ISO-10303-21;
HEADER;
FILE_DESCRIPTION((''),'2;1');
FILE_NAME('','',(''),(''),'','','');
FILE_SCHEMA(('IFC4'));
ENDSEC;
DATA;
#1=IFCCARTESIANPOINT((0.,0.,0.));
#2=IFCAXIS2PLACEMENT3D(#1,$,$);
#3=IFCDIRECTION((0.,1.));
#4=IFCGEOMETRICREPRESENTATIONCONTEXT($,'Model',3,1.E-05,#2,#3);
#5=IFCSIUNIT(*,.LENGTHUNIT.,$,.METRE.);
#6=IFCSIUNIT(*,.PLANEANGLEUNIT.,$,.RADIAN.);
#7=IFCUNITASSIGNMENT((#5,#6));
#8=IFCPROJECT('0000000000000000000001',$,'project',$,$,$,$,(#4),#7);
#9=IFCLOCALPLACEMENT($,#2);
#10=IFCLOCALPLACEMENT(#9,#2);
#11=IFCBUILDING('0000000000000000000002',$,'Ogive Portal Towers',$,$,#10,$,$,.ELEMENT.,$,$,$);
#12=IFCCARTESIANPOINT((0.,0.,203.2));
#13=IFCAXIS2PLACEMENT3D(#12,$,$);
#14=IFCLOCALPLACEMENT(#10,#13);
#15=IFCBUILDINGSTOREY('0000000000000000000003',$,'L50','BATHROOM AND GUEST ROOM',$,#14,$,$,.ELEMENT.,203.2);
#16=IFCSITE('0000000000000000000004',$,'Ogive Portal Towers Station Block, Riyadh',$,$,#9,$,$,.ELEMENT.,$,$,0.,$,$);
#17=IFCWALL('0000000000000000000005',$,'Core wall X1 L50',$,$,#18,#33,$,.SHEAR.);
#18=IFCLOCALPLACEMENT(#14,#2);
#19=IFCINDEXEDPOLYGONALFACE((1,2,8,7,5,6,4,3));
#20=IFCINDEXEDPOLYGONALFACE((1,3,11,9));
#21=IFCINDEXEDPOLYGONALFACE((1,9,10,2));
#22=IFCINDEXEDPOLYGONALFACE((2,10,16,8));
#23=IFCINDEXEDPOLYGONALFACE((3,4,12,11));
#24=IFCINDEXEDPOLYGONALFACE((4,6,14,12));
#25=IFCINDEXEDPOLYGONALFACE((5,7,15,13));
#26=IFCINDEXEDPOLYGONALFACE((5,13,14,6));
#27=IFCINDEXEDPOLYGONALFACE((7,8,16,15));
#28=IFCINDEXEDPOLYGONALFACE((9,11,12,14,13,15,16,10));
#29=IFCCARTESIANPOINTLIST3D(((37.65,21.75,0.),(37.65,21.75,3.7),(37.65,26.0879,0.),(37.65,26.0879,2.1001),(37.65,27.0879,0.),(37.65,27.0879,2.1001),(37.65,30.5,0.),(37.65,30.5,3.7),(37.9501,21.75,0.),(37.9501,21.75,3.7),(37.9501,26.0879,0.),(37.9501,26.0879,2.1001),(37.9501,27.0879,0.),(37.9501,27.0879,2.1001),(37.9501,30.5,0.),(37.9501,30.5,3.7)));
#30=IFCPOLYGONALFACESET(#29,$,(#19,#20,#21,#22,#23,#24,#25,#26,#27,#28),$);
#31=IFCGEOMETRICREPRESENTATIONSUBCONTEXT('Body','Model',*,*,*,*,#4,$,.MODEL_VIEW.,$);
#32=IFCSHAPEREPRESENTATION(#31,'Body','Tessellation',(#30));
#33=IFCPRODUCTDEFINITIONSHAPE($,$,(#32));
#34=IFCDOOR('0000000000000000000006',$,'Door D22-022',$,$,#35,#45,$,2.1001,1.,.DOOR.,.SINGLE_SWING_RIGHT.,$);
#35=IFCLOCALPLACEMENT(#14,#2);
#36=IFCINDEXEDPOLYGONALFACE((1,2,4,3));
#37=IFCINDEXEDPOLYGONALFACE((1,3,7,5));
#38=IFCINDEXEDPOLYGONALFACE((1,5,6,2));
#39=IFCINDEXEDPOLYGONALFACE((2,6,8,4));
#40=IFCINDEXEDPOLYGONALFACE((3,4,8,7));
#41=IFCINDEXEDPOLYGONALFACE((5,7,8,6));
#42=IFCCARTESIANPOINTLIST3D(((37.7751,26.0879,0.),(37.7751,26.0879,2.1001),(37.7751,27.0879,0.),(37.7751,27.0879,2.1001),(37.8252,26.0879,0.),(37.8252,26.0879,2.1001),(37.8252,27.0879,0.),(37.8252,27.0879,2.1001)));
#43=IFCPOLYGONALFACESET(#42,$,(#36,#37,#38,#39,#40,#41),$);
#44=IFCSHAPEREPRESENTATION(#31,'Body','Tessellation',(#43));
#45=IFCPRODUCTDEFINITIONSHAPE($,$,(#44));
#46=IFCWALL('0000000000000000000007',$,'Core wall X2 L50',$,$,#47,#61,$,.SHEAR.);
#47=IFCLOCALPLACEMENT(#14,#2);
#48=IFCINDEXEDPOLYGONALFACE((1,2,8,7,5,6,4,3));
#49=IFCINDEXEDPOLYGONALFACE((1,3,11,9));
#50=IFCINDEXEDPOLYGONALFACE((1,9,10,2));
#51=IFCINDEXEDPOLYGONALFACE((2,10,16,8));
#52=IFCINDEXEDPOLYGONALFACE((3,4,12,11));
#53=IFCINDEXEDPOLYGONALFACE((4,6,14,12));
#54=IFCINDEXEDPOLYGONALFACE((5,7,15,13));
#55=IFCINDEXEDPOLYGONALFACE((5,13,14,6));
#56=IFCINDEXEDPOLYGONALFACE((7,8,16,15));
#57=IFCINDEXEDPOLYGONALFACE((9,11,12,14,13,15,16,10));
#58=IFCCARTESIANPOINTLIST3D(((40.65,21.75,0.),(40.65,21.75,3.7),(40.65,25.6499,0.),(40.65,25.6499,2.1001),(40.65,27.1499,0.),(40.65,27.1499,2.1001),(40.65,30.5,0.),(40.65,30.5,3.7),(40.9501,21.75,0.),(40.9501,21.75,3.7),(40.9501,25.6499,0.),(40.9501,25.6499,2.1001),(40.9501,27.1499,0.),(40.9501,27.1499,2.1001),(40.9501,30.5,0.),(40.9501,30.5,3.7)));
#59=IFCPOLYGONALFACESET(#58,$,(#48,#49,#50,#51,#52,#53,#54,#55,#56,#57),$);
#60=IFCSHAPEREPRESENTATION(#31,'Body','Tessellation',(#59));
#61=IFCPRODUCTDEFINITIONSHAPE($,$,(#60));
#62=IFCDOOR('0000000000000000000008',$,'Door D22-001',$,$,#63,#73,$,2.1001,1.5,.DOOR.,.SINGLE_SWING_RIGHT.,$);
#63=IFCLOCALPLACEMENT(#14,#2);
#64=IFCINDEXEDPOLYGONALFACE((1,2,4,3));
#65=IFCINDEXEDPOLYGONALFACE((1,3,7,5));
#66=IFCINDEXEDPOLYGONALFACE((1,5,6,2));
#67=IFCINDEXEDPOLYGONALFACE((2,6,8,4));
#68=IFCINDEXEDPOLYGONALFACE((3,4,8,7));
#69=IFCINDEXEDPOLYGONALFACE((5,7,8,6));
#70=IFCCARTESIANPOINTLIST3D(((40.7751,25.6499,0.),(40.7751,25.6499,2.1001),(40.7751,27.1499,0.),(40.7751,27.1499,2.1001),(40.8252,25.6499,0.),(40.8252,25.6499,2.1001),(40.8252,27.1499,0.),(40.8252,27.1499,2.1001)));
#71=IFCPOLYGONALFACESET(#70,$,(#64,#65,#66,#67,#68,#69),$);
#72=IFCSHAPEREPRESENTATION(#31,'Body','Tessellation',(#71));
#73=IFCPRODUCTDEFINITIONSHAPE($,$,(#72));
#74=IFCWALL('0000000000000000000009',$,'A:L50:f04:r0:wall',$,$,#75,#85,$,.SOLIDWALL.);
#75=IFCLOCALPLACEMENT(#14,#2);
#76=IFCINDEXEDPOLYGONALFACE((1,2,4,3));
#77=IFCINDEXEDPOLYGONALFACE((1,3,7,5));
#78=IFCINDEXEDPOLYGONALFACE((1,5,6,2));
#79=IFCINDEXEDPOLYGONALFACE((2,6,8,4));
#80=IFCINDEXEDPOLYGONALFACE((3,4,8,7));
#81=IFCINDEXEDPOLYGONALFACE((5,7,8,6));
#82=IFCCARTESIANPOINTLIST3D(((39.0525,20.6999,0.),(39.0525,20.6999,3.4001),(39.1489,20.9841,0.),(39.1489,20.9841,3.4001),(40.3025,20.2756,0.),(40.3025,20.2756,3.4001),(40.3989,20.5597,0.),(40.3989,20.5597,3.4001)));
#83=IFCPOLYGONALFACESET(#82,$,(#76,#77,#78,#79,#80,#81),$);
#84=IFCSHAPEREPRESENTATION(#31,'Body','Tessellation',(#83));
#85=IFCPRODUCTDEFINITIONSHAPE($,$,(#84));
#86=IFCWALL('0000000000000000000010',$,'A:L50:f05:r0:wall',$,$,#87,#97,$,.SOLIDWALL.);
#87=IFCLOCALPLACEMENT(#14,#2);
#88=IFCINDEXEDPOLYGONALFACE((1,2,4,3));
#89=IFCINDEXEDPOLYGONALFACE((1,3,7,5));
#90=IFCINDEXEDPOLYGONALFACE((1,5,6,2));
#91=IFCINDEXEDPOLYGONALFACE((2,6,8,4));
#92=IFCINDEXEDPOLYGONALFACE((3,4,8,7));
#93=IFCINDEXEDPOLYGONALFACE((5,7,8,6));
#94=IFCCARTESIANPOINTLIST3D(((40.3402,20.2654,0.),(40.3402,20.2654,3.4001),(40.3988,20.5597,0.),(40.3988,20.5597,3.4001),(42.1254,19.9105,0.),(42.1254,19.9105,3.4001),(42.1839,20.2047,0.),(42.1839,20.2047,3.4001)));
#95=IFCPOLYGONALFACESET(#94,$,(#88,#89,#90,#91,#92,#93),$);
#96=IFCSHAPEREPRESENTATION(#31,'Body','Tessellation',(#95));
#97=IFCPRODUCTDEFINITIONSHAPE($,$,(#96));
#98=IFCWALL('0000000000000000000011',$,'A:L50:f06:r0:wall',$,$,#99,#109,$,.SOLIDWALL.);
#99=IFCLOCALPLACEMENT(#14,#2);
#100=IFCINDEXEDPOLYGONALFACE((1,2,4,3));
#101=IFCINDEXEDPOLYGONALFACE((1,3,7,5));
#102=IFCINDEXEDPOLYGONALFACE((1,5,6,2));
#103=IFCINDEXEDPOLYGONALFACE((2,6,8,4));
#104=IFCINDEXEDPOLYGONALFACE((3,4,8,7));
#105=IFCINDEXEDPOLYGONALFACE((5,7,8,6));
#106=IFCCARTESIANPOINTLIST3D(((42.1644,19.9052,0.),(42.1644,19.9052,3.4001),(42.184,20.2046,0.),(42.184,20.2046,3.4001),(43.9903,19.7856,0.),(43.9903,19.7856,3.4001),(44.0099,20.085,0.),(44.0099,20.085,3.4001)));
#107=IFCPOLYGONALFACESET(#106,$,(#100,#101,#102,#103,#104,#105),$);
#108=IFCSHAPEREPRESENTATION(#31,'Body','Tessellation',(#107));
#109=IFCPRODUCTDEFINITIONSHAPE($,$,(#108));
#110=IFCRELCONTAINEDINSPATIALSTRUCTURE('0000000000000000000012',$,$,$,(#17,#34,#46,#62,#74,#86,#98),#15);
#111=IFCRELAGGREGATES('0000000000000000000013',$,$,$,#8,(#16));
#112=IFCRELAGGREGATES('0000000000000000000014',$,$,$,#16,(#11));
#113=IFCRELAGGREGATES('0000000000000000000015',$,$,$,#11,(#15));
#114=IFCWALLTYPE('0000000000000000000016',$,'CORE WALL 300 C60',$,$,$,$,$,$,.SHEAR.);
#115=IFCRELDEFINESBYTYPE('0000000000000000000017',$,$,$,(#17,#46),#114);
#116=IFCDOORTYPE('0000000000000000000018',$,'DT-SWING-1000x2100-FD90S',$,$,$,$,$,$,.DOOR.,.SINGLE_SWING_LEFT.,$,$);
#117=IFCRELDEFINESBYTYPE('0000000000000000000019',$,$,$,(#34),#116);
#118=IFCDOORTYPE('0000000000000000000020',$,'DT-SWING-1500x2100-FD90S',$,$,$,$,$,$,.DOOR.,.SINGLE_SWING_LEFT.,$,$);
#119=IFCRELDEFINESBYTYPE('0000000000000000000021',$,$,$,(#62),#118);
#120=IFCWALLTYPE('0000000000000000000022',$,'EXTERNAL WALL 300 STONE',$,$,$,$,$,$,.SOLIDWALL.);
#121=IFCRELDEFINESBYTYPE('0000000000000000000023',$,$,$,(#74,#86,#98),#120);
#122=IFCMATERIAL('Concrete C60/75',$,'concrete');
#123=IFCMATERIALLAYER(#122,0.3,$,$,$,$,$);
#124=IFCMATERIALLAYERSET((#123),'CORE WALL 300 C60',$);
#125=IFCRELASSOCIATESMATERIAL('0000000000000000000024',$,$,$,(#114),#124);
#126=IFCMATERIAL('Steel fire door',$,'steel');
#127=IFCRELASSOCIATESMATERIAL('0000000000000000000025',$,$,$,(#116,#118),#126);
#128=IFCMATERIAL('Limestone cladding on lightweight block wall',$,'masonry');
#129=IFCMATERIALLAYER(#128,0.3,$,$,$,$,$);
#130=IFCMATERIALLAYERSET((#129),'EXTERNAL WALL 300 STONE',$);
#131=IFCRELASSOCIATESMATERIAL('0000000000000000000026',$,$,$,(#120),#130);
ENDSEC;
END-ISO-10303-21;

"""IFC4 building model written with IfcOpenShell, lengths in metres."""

from ifc_helpers import new_model, si_unit, direction, frame, frame_2d, origin, place, context, subcontext, project, spatial, rectangle, extrude, material, layer, layer_set, type_object, element, fill, save


model = new_model("IFC4")

# Units and contexts
model_context = context("Model", 3, precision=1e-05, world=origin(), true_north=direction((0.0, 1.0)))
body_context = subcontext(model_context, "Body", "Model", "MODEL_VIEW")
ifc_project = project(units=[si_unit("LENGTHUNIT", "METRE"), si_unit("PLANEANGLEUNIT", "RADIAN")], contexts=[model_context])

# Site, building, storey
site_placement = place(None, origin())
site = spatial("IfcSite", under=ifc_project, at=site_placement, Name="Ogive Portal Towers Station Block, Riyadh", CompositionType="ELEMENT", RefElevation=0.0)
building_placement = place(site_placement, origin())
building = spatial("IfcBuilding", under=site, at=building_placement, Name="Ogive Portal Towers", CompositionType="ELEMENT")
storey_placement = place(building_placement, frame((0.0, 0.0, 203.2)))
storey = spatial("IfcBuildingStorey", under=building, at=storey_placement, Name="L50", Description="BATHROOM AND GUEST ROOM", CompositionType="ELEMENT", Elevation=203.2)

# Walls, openings, doors
ifc_material_1 = material(Name="Concrete C60/75", Category="concrete")
ifc_layer_1 = layer(ifc_material_1, 0.3)
ifc_layer_set_1 = layer_set([ifc_layer_1], Name="CORE WALL 300 C60")
wall_type_1 = type_object("IfcWallType", Name="CORE WALL 300 C60", PredefinedType="SHEAR", material=ifc_layer_set_1)
wall_1_placement = place(storey_placement, frame((37.8, 21.75, 0.0), z_axis=(0.0, 0.0, 1.0), x_axis=(0.0, 1.0, 0.0)))
wall_1 = element("IfcWall", 1, at=wall_1_placement, inside=storey, type_object=wall_type_1, Name="Core wall X1 L50", PredefinedType="SHEAR", context=body_context, shape_type="SweptSolid", body=[
    extrude(rectangle(XDim=8.75, YDim=0.3, at=frame_2d((4.375, 0.0))), origin(), (0.0, 0.0, 1.0), 3.7),
])
opening_1_placement = place(wall_1_placement, frame((4.3379, 0.0, 0.0)))
opening_1 = element("IfcOpeningElement", 2, at=opening_1_placement, cuts=wall_1, PredefinedType="OPENING", context=body_context, shape_type="SweptSolid", body=[
    extrude(rectangle(XDim=1.0, YDim=2.1001, at=frame_2d((0.5, 1.05))), frame((0.0, 0.1602, 0.0), z_axis=(0.0, -1.0, 0.0), x_axis=(1.0, 0.0, 0.0)), (0.0, 0.0, 1.0), 0.3201),
])
ifc_material_2 = material(Name="Steel fire door", Category="steel")
door_type_1 = type_object("IfcDoorType", Name="DT-SWING-1000x2100-FD90S", OperationType="SINGLE_SWING_LEFT", PredefinedType="DOOR", material=ifc_material_2)
door_1_placement = place(opening_1_placement, origin())
door_1 = element("IfcDoor", 3, at=door_1_placement, inside=storey, type_object=door_type_1, Name="Door D22-022", OperationType="SINGLE_SWING_RIGHT", OverallHeight=2.1001, OverallWidth=1.0, PredefinedType="DOOR", context=body_context, shape_type="SweptSolid", body=[
    extrude(rectangle(XDim=1.0, YDim=2.1001, at=frame_2d((0.5, 1.05))), frame((0.0, 0.0249, 0.0), z_axis=(0.0, -1.0, 0.0), x_axis=(1.0, 0.0, 0.0)), (0.0, 0.0, 1.0), 0.05),
])
fill(opening_1, door_1)
wall_2_placement = place(storey_placement, frame((40.8, 21.75, 0.0), z_axis=(0.0, 0.0, 1.0), x_axis=(0.0, 1.0, 0.0)))
wall_2 = element("IfcWall", 4, at=wall_2_placement, inside=storey, type_object=wall_type_1, Name="Core wall X2 L50", PredefinedType="SHEAR", context=body_context, shape_type="SweptSolid", body=[
    extrude(rectangle(XDim=8.75, YDim=0.3, at=frame_2d((4.375, 0.0))), origin(), (0.0, 0.0, 1.0), 3.7),
])
opening_2_placement = place(wall_2_placement, frame((3.8999, 0.0, 0.0)))
opening_2 = element("IfcOpeningElement", 5, at=opening_2_placement, cuts=wall_2, PredefinedType="OPENING", context=body_context, shape_type="SweptSolid", body=[
    extrude(rectangle(XDim=1.5, YDim=2.1001, at=frame_2d((0.75, 1.05))), frame((0.0, 0.1602, 0.0), z_axis=(0.0, -1.0, 0.0), x_axis=(1.0, 0.0, 0.0)), (0.0, 0.0, 1.0), 0.3201),
])
door_type_2 = type_object("IfcDoorType", Name="DT-SWING-1500x2100-FD90S", OperationType="SINGLE_SWING_LEFT", PredefinedType="DOOR", material=ifc_material_2)
door_2_placement = place(opening_2_placement, origin())
door_2 = element("IfcDoor", 6, at=door_2_placement, inside=storey, type_object=door_type_2, Name="Door D22-001", OperationType="SINGLE_SWING_RIGHT", OverallHeight=2.1001, OverallWidth=1.5, PredefinedType="DOOR", context=body_context, shape_type="SweptSolid", body=[
    extrude(rectangle(XDim=1.5, YDim=2.1001, at=frame_2d((0.75, 1.05))), frame((0.0, 0.0249, 0.0), z_axis=(0.0, -1.0, 0.0), x_axis=(1.0, 0.0, 0.0)), (0.0, 0.0, 1.0), 0.05),
])
fill(opening_2, door_2)

# Walls
ifc_material_3 = material(Name="Limestone cladding on lightweight block wall", Category="masonry")
ifc_layer_2 = layer(ifc_material_3, 0.3)
ifc_layer_set_2 = layer_set([ifc_layer_2], Name="EXTERNAL WALL 300 STONE")
wall_type_2 = type_object("IfcWallType", Name="EXTERNAL WALL 300 STONE", PredefinedType="SOLIDWALL", material=ifc_layer_set_2)
wall_3_placement = place(storey_placement, frame((39.1006, 20.842, 0.0), z_axis=(0.0, 0.0, 1.0), x_axis=(0.94693, -0.321439, 0.0)))
element("IfcWall", 7, at=wall_3_placement, inside=storey, type_object=wall_type_2, Name="A:L50:f04:r0:wall", PredefinedType="SOLIDWALL", context=body_context, shape_type="SweptSolid", body=[
    extrude(rectangle(XDim=1.3201, YDim=0.3, at=frame_2d((0.6602, 0.0))), origin(), (0.0, 0.0, 1.0), 3.4001),
])
wall_4_placement = place(storey_placement, frame((40.3694, 20.4126, 0.0), z_axis=(0.0, 0.0, 1.0), x_axis=(0.980797, -0.195033, 0.0)))
element("IfcWall", 8, at=wall_4_placement, inside=storey, type_object=wall_type_2, Name="A:L50:f05:r0:wall", PredefinedType="SOLIDWALL", context=body_context, shape_type="SweptSolid", body=[
    extrude(rectangle(XDim=1.8201, YDim=0.3, at=frame_2d((0.9102, 0.0))), origin(), (0.0, 0.0, 1.0), 3.4001),
])
wall_5_placement = place(storey_placement, frame((42.1741, 20.0549, 0.0), z_axis=(0.0, 0.0, 1.0), x_axis=(0.997861, -0.065377, 0.0)))
element("IfcWall", 9, at=wall_5_placement, inside=storey, type_object=wall_type_2, Name="A:L50:f06:r0:wall", PredefinedType="SOLIDWALL", context=body_context, shape_type="SweptSolid", body=[
    extrude(rectangle(XDim=1.8298, YDim=0.3, at=frame_2d((0.915, 0.0))), origin(), (0.0, 0.0, 1.0), 3.4001),
])

save(model, "model.ifc")
